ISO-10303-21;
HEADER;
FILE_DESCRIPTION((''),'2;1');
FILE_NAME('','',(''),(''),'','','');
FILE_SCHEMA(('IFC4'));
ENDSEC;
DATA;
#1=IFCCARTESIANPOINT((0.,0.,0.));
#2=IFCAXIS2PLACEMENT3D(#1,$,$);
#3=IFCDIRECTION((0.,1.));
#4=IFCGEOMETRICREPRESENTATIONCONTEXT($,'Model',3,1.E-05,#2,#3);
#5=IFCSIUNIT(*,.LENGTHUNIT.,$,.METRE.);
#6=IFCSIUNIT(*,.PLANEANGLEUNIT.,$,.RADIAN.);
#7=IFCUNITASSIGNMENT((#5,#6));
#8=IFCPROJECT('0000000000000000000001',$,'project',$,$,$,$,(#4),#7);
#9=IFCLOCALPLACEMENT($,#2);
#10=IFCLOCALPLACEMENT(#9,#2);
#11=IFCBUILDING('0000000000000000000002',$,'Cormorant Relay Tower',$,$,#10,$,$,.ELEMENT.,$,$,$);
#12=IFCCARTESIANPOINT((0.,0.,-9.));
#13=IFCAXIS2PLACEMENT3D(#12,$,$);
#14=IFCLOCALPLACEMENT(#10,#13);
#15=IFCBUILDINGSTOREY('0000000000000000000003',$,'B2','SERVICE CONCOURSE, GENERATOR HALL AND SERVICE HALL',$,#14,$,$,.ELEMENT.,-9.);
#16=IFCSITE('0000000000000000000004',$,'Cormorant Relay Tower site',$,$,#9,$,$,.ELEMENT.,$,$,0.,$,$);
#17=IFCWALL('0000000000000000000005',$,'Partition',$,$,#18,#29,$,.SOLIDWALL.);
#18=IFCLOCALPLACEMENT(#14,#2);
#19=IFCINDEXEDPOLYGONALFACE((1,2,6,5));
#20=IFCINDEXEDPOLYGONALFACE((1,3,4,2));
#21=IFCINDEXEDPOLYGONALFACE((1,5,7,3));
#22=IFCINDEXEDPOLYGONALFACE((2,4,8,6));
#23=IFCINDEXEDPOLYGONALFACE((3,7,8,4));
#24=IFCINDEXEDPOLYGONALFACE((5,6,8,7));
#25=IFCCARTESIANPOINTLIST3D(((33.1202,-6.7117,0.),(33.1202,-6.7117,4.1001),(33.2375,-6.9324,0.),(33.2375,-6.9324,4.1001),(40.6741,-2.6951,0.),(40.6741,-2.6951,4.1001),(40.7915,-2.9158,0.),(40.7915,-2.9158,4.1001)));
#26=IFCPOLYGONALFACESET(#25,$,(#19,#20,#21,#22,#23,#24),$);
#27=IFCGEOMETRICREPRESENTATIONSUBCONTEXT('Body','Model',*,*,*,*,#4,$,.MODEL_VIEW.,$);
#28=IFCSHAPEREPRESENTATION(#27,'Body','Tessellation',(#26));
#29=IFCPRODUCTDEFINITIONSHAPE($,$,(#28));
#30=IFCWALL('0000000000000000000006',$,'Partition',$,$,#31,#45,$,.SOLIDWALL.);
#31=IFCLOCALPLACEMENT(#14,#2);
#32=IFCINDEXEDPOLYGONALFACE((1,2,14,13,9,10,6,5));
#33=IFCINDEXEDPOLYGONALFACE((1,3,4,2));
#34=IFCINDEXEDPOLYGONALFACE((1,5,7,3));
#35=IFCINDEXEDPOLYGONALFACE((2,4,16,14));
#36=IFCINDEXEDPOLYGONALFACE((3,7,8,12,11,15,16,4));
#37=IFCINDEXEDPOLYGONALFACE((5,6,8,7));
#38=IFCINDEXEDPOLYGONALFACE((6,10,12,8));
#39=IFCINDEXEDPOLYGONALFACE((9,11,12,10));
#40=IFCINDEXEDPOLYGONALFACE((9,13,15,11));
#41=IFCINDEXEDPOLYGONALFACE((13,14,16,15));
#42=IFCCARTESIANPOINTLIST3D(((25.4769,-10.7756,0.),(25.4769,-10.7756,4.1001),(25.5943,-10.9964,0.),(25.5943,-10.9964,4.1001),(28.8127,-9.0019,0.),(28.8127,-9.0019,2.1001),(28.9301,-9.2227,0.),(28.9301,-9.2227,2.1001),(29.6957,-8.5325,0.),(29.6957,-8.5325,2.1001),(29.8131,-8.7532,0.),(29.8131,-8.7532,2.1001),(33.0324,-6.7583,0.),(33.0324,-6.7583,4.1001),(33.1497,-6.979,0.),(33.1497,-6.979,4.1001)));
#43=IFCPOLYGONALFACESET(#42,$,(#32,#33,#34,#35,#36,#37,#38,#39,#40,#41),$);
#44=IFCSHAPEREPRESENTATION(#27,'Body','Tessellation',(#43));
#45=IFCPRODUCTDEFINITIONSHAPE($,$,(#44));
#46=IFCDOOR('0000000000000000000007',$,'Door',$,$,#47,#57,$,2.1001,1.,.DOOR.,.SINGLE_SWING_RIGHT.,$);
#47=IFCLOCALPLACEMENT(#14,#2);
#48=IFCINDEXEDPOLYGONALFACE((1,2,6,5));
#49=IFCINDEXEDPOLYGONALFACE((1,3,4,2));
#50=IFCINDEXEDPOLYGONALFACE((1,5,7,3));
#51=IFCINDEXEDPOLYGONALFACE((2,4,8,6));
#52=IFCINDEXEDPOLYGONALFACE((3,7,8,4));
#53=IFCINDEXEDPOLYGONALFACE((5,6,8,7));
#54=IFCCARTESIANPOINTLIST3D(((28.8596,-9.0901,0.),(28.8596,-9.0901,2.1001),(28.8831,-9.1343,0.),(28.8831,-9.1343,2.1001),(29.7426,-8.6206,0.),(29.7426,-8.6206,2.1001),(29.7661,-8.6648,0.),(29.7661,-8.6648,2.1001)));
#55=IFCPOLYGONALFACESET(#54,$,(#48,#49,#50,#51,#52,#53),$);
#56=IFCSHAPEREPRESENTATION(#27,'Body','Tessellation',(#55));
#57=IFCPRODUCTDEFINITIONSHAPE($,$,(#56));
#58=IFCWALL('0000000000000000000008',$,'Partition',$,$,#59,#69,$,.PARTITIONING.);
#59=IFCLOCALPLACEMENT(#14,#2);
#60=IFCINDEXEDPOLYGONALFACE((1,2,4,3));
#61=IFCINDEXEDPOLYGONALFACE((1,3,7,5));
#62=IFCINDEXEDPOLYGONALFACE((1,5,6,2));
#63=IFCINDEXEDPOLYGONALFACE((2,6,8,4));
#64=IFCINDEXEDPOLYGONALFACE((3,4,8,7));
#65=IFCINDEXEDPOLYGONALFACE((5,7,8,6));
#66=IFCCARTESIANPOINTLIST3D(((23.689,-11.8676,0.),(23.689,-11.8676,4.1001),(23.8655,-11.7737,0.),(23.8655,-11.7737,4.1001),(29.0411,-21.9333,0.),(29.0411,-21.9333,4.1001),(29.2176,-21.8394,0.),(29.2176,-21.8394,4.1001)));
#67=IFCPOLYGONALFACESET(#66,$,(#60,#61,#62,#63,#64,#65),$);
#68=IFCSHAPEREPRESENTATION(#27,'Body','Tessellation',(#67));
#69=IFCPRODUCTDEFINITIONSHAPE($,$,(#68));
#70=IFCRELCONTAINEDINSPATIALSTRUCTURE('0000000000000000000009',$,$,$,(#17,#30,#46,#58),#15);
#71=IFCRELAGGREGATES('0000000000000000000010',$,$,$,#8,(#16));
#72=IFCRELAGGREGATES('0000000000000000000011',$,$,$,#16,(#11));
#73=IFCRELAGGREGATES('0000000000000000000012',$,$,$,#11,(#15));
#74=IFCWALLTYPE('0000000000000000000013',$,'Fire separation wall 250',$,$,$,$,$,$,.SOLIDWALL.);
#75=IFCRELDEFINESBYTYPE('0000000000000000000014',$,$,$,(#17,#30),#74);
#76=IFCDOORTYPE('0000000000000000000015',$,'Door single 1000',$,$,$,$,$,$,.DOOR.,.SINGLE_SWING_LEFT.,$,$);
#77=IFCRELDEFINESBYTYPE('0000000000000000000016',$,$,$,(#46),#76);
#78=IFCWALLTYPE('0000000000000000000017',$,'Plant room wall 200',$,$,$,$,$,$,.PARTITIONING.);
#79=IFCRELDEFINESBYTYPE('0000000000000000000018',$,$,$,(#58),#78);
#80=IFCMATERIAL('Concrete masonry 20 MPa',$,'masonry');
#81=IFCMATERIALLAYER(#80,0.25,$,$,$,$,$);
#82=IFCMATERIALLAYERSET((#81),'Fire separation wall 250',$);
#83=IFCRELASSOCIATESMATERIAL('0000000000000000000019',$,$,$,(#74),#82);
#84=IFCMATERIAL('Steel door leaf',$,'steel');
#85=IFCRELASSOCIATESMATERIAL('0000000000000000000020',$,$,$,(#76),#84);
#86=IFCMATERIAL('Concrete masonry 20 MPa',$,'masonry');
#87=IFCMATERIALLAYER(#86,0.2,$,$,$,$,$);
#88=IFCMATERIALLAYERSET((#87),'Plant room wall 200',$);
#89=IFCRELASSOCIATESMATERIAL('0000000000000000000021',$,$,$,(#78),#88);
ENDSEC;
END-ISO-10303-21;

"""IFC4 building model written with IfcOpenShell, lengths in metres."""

from ifc_helpers import new_model, si_unit, direction, frame, frame_2d, origin, place, context, subcontext, project, spatial, rectangle, extrude, material, layer, layer_set, type_object, element, fill, save


model = new_model("IFC4")

# Units and contexts
model_context = context("Model", 3, precision=1e-05, world=origin(), true_north=direction((0.0, 1.0)))
body_context = subcontext(model_context, "Body", "Model", "MODEL_VIEW")
ifc_project = project(units=[si_unit("LENGTHUNIT", "METRE"), si_unit("PLANEANGLEUNIT", "RADIAN")], contexts=[model_context])

# Site, building, storey
site_placement = place(None, origin())
site = spatial("IfcSite", under=ifc_project, at=site_placement, Name="Cormorant Relay Tower site", CompositionType="ELEMENT", RefElevation=0.0)
building_placement = place(site_placement, origin())
building = spatial("IfcBuilding", under=site, at=building_placement, Name="Cormorant Relay Tower", CompositionType="ELEMENT")
storey_placement = place(building_placement, frame((0.0, 0.0, -9.0)))
storey = spatial("IfcBuildingStorey", under=building, at=storey_placement, Name="B2", Description="SERVICE CONCOURSE, GENERATOR HALL AND SERVICE HALL", CompositionType="ELEMENT", Elevation=-9.0)

# Wall
ifc_material_1 = material(Name="Concrete masonry 20 MPa", Category="masonry")
ifc_layer_1 = layer(ifc_material_1, 0.25)
ifc_layer_set_1 = layer_set([ifc_layer_1], Name="Fire separation wall 250")
wall_type_1 = type_object("IfcWallType", Name="Fire separation wall 250", PredefinedType="SOLIDWALL", material=ifc_layer_set_1)
wall_1_placement = place(storey_placement, frame((40.7329, -2.8054, 0.0), z_axis=(0.0, 0.0, 1.0), x_axis=(-0.882943, -0.46948, 0.0)))
element("IfcWall", 1, at=wall_1_placement, inside=storey, type_object=wall_type_1, Name="Partition", PredefinedType="SOLIDWALL", context=body_context, shape_type="SweptSolid", body=[
    extrude(rectangle(XDim=8.5554, YDim=0.25, at=frame_2d((4.2778, 0.0))), origin(), (0.0, 0.0, 1.0), 4.1001),
])

# Wall, opening, door
wall_2_placement = place(storey_placement, frame((33.0911, -6.8687, 0.0), z_axis=(0.0, 0.0, 1.0), x_axis=(-0.882945, -0.469476, 0.0)))
wall_2 = element("IfcWall", 2, at=wall_2_placement, inside=storey, type_object=wall_type_1, Name="Partition", PredefinedType="SOLIDWALL", context=body_context, shape_type="SweptSolid", body=[
    extrude(rectangle(XDim=8.5571, YDim=0.25, at=frame_2d((4.2786, 0.0))), origin(), (0.0, 0.0, 1.0), 4.1001),
])
opening_1_placement = place(wall_2_placement, frame((3.7791, 0.0, 0.0)))
opening_1 = element("IfcOpeningElement", 3, at=opening_1_placement, cuts=wall_2, PredefinedType="OPENING", context=body_context, shape_type="SweptSolid", body=[
    extrude(rectangle(XDim=1.0, YDim=2.1001, at=frame_2d((0.5, 1.05))), frame((0.0, 0.135, 0.0), z_axis=(0.0, -1.0, 0.0), x_axis=(1.0, 0.0, 0.0)), (0.0, 0.0, 1.0), 0.27),
])
ifc_material_2 = material(Name="Steel door leaf", Category="steel")
door_type_1 = type_object("IfcDoorType", Name="Door single 1000", OperationType="SINGLE_SWING_LEFT", PredefinedType="DOOR", material=ifc_material_2)
door_1_placement = place(opening_1_placement, origin())
door_1 = element("IfcDoor", 4, at=door_1_placement, inside=storey, type_object=door_type_1, Name="Door", OperationType="SINGLE_SWING_RIGHT", OverallHeight=2.1001, OverallWidth=1.0, PredefinedType="DOOR", context=body_context, shape_type="SweptSolid", body=[
    extrude(rectangle(XDim=1.0, YDim=2.1001, at=frame_2d((0.5, 1.05))), frame((0.0, 0.0249, 0.0), z_axis=(0.0, -1.0, 0.0), x_axis=(1.0, 0.0, 0.0)), (0.0, 0.0, 1.0), 0.05),
])
fill(opening_1, door_1)

# Wall
ifc_material_3 = material(Name="Concrete masonry 20 MPa", Category="masonry")
ifc_layer_2 = layer(ifc_material_3, 0.2)
ifc_layer_set_2 = layer_set([ifc_layer_2], Name="Plant room wall 200")
wall_type_2 = type_object("IfcWallType", Name="Plant room wall 200", PredefinedType="PARTITIONING", material=ifc_layer_set_2)
wall_3_placement = place(storey_placement, frame((29.1294, -21.8865, 0.0), z_axis=(0.0, 0.0, 1.0), x_axis=(-0.469474, 0.882946, 0.0)))
element("IfcWall", 5, at=wall_3_placement, inside=storey, type_object=wall_type_2, Name="Partition", PredefinedType="PARTITIONING", context=body_context, shape_type="SweptSolid", body=[
    extrude(rectangle(XDim=11.4001, YDim=0.2, at=frame_2d((5.7002, 0.0))), origin(), (0.0, 0.0, 1.0), 4.1001),
])

save(model, "model.ifc")
